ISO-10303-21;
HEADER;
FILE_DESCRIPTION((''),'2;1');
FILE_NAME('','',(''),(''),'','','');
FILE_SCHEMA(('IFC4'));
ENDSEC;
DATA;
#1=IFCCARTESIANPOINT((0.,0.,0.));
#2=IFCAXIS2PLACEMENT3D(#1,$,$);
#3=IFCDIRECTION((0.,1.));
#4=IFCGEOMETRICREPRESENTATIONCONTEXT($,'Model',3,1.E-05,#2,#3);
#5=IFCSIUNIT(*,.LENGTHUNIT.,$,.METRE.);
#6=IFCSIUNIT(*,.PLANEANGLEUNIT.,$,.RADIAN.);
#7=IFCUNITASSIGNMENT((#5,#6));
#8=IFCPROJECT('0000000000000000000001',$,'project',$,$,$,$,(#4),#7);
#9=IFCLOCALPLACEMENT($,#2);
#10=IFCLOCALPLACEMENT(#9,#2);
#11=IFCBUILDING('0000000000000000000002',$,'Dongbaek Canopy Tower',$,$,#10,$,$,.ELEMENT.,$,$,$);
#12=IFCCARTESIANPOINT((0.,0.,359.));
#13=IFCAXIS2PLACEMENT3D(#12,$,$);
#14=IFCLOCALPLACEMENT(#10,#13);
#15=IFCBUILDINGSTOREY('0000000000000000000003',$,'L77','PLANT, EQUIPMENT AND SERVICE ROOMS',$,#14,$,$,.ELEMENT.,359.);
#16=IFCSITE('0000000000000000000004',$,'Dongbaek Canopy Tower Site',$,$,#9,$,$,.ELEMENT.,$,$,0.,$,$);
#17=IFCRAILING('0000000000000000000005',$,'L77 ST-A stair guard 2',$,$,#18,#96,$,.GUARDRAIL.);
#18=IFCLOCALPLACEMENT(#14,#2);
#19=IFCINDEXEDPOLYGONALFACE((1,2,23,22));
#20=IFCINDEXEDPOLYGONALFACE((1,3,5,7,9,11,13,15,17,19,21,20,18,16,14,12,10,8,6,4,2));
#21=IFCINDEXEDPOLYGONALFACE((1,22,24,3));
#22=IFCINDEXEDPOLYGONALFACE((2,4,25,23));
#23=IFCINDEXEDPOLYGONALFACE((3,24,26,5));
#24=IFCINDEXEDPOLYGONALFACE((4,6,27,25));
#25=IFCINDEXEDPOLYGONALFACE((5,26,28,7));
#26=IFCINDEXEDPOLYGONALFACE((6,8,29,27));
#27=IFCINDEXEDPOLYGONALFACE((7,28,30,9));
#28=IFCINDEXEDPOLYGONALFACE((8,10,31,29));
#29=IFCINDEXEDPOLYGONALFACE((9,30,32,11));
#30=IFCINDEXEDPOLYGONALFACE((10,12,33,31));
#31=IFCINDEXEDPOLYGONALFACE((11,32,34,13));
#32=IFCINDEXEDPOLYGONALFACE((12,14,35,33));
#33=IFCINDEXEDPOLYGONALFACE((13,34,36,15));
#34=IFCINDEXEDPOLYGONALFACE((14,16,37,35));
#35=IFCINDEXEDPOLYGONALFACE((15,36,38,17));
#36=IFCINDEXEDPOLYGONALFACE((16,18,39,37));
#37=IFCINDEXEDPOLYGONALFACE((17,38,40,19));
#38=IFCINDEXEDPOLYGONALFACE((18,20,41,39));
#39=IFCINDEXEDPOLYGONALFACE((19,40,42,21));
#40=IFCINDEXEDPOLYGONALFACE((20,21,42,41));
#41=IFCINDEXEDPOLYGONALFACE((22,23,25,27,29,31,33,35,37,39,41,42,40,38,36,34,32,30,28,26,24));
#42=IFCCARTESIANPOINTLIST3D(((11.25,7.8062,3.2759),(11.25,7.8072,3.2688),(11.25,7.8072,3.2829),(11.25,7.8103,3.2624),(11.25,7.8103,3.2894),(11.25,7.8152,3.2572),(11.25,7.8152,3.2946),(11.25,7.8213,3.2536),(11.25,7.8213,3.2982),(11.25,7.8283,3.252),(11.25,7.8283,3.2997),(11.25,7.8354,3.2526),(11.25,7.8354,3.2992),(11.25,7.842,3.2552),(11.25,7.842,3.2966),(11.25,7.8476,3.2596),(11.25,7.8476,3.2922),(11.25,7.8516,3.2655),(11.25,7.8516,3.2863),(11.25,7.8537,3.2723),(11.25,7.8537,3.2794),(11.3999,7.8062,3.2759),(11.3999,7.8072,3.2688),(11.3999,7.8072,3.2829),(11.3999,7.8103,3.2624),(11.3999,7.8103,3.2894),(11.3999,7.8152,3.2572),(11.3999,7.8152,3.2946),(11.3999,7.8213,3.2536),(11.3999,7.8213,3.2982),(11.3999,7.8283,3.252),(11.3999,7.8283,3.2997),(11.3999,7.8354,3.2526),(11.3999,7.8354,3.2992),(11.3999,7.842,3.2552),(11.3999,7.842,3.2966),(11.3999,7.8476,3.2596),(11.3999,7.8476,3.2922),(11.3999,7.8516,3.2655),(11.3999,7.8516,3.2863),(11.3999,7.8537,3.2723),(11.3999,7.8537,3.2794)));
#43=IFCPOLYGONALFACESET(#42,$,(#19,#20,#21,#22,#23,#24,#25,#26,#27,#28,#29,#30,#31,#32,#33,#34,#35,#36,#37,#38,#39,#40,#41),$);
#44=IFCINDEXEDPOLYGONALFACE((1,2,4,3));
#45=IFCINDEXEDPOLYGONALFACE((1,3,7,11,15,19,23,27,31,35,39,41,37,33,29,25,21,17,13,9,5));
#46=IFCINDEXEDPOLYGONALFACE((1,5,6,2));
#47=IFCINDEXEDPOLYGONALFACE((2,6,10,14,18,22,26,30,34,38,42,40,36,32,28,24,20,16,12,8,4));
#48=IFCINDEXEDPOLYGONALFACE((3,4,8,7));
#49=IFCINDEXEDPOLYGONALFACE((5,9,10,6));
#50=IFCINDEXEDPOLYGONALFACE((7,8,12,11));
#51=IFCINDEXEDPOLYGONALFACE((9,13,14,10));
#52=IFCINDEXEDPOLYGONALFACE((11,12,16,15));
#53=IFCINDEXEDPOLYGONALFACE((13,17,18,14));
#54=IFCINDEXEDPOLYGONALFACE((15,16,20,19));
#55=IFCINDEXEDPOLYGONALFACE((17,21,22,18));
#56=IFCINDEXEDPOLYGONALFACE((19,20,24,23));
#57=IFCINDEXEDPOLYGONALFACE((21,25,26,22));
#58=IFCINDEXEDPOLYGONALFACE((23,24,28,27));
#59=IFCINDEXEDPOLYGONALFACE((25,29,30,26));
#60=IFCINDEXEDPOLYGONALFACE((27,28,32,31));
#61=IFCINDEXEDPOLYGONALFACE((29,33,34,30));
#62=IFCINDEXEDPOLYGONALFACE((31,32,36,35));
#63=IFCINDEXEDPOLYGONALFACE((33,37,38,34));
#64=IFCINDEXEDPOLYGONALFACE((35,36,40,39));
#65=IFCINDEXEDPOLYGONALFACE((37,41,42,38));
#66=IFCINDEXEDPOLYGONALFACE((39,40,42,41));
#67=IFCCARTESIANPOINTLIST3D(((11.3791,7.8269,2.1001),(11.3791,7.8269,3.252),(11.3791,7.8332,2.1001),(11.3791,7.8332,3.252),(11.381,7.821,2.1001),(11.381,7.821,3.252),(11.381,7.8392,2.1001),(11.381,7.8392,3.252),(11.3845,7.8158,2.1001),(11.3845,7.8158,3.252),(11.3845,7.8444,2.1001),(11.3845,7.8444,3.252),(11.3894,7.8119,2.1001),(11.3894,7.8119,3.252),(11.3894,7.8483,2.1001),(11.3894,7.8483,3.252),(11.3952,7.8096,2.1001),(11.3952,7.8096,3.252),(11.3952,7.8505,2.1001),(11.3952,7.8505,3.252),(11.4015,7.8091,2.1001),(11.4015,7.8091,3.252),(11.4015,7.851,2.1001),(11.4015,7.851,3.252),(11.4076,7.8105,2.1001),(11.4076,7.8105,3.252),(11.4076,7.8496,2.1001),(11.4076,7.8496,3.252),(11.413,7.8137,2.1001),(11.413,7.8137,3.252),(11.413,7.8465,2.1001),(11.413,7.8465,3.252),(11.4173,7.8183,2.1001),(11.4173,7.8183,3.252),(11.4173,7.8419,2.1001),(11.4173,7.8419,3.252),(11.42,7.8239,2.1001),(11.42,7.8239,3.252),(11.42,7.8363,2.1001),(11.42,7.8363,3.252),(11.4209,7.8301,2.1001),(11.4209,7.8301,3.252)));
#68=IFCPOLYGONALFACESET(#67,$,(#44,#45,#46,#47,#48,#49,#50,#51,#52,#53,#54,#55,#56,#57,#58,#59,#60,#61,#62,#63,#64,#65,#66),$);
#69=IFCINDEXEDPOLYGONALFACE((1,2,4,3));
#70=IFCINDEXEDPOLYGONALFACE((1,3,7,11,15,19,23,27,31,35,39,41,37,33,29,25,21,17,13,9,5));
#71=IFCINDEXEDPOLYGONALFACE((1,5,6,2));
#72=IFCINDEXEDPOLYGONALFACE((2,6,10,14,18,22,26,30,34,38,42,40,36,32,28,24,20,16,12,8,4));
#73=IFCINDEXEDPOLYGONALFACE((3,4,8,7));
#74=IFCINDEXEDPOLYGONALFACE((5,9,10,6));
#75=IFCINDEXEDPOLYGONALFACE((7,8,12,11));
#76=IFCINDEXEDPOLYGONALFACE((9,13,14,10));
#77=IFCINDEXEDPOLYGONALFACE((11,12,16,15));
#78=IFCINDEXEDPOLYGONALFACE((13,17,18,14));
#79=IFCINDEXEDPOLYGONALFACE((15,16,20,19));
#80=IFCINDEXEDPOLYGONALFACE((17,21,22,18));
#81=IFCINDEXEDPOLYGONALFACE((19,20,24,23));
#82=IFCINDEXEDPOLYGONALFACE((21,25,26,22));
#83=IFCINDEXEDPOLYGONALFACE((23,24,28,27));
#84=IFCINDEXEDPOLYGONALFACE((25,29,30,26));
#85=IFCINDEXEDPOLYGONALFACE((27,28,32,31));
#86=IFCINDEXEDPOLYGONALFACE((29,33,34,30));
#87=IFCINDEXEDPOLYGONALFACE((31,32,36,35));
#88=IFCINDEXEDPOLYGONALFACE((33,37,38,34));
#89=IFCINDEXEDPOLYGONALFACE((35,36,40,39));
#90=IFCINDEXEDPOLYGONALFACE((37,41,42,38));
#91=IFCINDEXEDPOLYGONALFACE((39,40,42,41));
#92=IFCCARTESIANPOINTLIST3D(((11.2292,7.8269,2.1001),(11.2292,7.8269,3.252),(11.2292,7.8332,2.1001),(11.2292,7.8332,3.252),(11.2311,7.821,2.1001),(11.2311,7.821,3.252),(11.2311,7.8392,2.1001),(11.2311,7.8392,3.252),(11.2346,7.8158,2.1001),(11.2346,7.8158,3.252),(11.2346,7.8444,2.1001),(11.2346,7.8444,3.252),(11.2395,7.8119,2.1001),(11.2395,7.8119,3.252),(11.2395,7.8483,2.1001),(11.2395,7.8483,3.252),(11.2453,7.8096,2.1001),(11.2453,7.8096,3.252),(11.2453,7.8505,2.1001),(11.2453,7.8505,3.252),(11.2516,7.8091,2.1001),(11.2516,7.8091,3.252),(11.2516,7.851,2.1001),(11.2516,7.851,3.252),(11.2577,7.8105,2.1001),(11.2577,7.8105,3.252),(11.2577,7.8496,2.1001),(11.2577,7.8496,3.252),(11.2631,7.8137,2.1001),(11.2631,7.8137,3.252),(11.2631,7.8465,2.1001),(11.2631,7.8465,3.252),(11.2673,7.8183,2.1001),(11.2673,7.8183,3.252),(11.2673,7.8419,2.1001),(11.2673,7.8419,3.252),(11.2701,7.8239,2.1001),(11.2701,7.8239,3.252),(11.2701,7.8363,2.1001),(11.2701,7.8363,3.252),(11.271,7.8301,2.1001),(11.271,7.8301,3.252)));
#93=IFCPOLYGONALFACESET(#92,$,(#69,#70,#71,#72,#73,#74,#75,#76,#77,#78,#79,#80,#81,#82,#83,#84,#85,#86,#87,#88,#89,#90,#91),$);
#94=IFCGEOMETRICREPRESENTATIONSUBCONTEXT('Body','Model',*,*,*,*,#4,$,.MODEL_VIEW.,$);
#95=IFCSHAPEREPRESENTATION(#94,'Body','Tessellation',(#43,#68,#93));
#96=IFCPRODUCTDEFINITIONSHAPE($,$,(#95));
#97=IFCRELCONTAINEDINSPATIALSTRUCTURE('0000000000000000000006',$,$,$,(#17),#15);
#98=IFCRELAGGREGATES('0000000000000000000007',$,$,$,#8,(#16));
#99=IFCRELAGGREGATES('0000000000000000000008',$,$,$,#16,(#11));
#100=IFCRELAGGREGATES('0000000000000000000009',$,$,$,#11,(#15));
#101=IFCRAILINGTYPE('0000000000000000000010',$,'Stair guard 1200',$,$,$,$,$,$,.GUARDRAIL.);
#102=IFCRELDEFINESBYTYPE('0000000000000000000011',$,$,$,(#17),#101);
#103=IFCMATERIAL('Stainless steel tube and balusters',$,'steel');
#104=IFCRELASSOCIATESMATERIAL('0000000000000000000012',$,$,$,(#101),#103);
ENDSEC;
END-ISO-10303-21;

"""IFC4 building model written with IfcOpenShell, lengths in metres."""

from ifc_helpers import new_model, si_unit, direction, frame, origin, origin_2d, place, context, subcontext, project, spatial, circle, extrude, material, type_object, element, save


model = new_model("IFC4")

# Units and contexts
model_context = context("Model", 3, precision=1e-05, world=origin(), true_north=direction((0.0, 1.0)))
body_context = subcontext(model_context, "Body", "Model", "MODEL_VIEW")
ifc_project = project(units=[si_unit("LENGTHUNIT", "METRE"), si_unit("PLANEANGLEUNIT", "RADIAN")], contexts=[model_context])

# Site, building, storey
site_placement = place(None, origin())
site = spatial("IfcSite", under=ifc_project, at=site_placement, Name="Dongbaek Canopy Tower Site", CompositionType="ELEMENT", RefElevation=0.0)
building_placement = place(site_placement, origin())
building = spatial("IfcBuilding", under=site, at=building_placement, Name="Dongbaek Canopy Tower", CompositionType="ELEMENT")
storey_placement = place(building_placement, frame((0.0, 0.0, 359.0)))
storey = spatial("IfcBuildingStorey", under=building, at=storey_placement, Name="L77", Description="PLANT, EQUIPMENT AND SERVICE ROOMS", CompositionType="ELEMENT", Elevation=359.0)

# Railing
ifc_material_1 = material(Name="Stainless steel tube and balusters", Category="steel")
railing_type_1 = type_object("IfcRailingType", Name="Stair guard 1200", PredefinedType="GUARDRAIL", material=ifc_material_1)
railing_1_placement = place(storey_placement, frame((11.3999, 7.8301, 2.1001)))
element("IfcRailing", 1, at=railing_1_placement, inside=storey, type_object=railing_type_1, Name="L77 ST-A stair guard 2", PredefinedType="GUARDRAIL", context=body_context, shape_type="SweptSolid", body=[
    extrude(circle(Radius=0.0239, at=origin_2d()), frame((0.0, 0.0, 1.1758), z_axis=(-1.0, 0.0, 0.0), x_axis=(0.0, -1.0, 0.0)), (0.0, 0.0, 1.0), 0.1499),
    extrude(circle(Radius=0.021, at=origin_2d()), origin(), (0.0, 0.0, 1.0), 1.1519),
    extrude(circle(Radius=0.021, at=origin_2d()), frame((-0.1499, 0.0, 0.0)), (0.0, 0.0, 1.0), 1.1519),
])

save(model, "model.ifc")
